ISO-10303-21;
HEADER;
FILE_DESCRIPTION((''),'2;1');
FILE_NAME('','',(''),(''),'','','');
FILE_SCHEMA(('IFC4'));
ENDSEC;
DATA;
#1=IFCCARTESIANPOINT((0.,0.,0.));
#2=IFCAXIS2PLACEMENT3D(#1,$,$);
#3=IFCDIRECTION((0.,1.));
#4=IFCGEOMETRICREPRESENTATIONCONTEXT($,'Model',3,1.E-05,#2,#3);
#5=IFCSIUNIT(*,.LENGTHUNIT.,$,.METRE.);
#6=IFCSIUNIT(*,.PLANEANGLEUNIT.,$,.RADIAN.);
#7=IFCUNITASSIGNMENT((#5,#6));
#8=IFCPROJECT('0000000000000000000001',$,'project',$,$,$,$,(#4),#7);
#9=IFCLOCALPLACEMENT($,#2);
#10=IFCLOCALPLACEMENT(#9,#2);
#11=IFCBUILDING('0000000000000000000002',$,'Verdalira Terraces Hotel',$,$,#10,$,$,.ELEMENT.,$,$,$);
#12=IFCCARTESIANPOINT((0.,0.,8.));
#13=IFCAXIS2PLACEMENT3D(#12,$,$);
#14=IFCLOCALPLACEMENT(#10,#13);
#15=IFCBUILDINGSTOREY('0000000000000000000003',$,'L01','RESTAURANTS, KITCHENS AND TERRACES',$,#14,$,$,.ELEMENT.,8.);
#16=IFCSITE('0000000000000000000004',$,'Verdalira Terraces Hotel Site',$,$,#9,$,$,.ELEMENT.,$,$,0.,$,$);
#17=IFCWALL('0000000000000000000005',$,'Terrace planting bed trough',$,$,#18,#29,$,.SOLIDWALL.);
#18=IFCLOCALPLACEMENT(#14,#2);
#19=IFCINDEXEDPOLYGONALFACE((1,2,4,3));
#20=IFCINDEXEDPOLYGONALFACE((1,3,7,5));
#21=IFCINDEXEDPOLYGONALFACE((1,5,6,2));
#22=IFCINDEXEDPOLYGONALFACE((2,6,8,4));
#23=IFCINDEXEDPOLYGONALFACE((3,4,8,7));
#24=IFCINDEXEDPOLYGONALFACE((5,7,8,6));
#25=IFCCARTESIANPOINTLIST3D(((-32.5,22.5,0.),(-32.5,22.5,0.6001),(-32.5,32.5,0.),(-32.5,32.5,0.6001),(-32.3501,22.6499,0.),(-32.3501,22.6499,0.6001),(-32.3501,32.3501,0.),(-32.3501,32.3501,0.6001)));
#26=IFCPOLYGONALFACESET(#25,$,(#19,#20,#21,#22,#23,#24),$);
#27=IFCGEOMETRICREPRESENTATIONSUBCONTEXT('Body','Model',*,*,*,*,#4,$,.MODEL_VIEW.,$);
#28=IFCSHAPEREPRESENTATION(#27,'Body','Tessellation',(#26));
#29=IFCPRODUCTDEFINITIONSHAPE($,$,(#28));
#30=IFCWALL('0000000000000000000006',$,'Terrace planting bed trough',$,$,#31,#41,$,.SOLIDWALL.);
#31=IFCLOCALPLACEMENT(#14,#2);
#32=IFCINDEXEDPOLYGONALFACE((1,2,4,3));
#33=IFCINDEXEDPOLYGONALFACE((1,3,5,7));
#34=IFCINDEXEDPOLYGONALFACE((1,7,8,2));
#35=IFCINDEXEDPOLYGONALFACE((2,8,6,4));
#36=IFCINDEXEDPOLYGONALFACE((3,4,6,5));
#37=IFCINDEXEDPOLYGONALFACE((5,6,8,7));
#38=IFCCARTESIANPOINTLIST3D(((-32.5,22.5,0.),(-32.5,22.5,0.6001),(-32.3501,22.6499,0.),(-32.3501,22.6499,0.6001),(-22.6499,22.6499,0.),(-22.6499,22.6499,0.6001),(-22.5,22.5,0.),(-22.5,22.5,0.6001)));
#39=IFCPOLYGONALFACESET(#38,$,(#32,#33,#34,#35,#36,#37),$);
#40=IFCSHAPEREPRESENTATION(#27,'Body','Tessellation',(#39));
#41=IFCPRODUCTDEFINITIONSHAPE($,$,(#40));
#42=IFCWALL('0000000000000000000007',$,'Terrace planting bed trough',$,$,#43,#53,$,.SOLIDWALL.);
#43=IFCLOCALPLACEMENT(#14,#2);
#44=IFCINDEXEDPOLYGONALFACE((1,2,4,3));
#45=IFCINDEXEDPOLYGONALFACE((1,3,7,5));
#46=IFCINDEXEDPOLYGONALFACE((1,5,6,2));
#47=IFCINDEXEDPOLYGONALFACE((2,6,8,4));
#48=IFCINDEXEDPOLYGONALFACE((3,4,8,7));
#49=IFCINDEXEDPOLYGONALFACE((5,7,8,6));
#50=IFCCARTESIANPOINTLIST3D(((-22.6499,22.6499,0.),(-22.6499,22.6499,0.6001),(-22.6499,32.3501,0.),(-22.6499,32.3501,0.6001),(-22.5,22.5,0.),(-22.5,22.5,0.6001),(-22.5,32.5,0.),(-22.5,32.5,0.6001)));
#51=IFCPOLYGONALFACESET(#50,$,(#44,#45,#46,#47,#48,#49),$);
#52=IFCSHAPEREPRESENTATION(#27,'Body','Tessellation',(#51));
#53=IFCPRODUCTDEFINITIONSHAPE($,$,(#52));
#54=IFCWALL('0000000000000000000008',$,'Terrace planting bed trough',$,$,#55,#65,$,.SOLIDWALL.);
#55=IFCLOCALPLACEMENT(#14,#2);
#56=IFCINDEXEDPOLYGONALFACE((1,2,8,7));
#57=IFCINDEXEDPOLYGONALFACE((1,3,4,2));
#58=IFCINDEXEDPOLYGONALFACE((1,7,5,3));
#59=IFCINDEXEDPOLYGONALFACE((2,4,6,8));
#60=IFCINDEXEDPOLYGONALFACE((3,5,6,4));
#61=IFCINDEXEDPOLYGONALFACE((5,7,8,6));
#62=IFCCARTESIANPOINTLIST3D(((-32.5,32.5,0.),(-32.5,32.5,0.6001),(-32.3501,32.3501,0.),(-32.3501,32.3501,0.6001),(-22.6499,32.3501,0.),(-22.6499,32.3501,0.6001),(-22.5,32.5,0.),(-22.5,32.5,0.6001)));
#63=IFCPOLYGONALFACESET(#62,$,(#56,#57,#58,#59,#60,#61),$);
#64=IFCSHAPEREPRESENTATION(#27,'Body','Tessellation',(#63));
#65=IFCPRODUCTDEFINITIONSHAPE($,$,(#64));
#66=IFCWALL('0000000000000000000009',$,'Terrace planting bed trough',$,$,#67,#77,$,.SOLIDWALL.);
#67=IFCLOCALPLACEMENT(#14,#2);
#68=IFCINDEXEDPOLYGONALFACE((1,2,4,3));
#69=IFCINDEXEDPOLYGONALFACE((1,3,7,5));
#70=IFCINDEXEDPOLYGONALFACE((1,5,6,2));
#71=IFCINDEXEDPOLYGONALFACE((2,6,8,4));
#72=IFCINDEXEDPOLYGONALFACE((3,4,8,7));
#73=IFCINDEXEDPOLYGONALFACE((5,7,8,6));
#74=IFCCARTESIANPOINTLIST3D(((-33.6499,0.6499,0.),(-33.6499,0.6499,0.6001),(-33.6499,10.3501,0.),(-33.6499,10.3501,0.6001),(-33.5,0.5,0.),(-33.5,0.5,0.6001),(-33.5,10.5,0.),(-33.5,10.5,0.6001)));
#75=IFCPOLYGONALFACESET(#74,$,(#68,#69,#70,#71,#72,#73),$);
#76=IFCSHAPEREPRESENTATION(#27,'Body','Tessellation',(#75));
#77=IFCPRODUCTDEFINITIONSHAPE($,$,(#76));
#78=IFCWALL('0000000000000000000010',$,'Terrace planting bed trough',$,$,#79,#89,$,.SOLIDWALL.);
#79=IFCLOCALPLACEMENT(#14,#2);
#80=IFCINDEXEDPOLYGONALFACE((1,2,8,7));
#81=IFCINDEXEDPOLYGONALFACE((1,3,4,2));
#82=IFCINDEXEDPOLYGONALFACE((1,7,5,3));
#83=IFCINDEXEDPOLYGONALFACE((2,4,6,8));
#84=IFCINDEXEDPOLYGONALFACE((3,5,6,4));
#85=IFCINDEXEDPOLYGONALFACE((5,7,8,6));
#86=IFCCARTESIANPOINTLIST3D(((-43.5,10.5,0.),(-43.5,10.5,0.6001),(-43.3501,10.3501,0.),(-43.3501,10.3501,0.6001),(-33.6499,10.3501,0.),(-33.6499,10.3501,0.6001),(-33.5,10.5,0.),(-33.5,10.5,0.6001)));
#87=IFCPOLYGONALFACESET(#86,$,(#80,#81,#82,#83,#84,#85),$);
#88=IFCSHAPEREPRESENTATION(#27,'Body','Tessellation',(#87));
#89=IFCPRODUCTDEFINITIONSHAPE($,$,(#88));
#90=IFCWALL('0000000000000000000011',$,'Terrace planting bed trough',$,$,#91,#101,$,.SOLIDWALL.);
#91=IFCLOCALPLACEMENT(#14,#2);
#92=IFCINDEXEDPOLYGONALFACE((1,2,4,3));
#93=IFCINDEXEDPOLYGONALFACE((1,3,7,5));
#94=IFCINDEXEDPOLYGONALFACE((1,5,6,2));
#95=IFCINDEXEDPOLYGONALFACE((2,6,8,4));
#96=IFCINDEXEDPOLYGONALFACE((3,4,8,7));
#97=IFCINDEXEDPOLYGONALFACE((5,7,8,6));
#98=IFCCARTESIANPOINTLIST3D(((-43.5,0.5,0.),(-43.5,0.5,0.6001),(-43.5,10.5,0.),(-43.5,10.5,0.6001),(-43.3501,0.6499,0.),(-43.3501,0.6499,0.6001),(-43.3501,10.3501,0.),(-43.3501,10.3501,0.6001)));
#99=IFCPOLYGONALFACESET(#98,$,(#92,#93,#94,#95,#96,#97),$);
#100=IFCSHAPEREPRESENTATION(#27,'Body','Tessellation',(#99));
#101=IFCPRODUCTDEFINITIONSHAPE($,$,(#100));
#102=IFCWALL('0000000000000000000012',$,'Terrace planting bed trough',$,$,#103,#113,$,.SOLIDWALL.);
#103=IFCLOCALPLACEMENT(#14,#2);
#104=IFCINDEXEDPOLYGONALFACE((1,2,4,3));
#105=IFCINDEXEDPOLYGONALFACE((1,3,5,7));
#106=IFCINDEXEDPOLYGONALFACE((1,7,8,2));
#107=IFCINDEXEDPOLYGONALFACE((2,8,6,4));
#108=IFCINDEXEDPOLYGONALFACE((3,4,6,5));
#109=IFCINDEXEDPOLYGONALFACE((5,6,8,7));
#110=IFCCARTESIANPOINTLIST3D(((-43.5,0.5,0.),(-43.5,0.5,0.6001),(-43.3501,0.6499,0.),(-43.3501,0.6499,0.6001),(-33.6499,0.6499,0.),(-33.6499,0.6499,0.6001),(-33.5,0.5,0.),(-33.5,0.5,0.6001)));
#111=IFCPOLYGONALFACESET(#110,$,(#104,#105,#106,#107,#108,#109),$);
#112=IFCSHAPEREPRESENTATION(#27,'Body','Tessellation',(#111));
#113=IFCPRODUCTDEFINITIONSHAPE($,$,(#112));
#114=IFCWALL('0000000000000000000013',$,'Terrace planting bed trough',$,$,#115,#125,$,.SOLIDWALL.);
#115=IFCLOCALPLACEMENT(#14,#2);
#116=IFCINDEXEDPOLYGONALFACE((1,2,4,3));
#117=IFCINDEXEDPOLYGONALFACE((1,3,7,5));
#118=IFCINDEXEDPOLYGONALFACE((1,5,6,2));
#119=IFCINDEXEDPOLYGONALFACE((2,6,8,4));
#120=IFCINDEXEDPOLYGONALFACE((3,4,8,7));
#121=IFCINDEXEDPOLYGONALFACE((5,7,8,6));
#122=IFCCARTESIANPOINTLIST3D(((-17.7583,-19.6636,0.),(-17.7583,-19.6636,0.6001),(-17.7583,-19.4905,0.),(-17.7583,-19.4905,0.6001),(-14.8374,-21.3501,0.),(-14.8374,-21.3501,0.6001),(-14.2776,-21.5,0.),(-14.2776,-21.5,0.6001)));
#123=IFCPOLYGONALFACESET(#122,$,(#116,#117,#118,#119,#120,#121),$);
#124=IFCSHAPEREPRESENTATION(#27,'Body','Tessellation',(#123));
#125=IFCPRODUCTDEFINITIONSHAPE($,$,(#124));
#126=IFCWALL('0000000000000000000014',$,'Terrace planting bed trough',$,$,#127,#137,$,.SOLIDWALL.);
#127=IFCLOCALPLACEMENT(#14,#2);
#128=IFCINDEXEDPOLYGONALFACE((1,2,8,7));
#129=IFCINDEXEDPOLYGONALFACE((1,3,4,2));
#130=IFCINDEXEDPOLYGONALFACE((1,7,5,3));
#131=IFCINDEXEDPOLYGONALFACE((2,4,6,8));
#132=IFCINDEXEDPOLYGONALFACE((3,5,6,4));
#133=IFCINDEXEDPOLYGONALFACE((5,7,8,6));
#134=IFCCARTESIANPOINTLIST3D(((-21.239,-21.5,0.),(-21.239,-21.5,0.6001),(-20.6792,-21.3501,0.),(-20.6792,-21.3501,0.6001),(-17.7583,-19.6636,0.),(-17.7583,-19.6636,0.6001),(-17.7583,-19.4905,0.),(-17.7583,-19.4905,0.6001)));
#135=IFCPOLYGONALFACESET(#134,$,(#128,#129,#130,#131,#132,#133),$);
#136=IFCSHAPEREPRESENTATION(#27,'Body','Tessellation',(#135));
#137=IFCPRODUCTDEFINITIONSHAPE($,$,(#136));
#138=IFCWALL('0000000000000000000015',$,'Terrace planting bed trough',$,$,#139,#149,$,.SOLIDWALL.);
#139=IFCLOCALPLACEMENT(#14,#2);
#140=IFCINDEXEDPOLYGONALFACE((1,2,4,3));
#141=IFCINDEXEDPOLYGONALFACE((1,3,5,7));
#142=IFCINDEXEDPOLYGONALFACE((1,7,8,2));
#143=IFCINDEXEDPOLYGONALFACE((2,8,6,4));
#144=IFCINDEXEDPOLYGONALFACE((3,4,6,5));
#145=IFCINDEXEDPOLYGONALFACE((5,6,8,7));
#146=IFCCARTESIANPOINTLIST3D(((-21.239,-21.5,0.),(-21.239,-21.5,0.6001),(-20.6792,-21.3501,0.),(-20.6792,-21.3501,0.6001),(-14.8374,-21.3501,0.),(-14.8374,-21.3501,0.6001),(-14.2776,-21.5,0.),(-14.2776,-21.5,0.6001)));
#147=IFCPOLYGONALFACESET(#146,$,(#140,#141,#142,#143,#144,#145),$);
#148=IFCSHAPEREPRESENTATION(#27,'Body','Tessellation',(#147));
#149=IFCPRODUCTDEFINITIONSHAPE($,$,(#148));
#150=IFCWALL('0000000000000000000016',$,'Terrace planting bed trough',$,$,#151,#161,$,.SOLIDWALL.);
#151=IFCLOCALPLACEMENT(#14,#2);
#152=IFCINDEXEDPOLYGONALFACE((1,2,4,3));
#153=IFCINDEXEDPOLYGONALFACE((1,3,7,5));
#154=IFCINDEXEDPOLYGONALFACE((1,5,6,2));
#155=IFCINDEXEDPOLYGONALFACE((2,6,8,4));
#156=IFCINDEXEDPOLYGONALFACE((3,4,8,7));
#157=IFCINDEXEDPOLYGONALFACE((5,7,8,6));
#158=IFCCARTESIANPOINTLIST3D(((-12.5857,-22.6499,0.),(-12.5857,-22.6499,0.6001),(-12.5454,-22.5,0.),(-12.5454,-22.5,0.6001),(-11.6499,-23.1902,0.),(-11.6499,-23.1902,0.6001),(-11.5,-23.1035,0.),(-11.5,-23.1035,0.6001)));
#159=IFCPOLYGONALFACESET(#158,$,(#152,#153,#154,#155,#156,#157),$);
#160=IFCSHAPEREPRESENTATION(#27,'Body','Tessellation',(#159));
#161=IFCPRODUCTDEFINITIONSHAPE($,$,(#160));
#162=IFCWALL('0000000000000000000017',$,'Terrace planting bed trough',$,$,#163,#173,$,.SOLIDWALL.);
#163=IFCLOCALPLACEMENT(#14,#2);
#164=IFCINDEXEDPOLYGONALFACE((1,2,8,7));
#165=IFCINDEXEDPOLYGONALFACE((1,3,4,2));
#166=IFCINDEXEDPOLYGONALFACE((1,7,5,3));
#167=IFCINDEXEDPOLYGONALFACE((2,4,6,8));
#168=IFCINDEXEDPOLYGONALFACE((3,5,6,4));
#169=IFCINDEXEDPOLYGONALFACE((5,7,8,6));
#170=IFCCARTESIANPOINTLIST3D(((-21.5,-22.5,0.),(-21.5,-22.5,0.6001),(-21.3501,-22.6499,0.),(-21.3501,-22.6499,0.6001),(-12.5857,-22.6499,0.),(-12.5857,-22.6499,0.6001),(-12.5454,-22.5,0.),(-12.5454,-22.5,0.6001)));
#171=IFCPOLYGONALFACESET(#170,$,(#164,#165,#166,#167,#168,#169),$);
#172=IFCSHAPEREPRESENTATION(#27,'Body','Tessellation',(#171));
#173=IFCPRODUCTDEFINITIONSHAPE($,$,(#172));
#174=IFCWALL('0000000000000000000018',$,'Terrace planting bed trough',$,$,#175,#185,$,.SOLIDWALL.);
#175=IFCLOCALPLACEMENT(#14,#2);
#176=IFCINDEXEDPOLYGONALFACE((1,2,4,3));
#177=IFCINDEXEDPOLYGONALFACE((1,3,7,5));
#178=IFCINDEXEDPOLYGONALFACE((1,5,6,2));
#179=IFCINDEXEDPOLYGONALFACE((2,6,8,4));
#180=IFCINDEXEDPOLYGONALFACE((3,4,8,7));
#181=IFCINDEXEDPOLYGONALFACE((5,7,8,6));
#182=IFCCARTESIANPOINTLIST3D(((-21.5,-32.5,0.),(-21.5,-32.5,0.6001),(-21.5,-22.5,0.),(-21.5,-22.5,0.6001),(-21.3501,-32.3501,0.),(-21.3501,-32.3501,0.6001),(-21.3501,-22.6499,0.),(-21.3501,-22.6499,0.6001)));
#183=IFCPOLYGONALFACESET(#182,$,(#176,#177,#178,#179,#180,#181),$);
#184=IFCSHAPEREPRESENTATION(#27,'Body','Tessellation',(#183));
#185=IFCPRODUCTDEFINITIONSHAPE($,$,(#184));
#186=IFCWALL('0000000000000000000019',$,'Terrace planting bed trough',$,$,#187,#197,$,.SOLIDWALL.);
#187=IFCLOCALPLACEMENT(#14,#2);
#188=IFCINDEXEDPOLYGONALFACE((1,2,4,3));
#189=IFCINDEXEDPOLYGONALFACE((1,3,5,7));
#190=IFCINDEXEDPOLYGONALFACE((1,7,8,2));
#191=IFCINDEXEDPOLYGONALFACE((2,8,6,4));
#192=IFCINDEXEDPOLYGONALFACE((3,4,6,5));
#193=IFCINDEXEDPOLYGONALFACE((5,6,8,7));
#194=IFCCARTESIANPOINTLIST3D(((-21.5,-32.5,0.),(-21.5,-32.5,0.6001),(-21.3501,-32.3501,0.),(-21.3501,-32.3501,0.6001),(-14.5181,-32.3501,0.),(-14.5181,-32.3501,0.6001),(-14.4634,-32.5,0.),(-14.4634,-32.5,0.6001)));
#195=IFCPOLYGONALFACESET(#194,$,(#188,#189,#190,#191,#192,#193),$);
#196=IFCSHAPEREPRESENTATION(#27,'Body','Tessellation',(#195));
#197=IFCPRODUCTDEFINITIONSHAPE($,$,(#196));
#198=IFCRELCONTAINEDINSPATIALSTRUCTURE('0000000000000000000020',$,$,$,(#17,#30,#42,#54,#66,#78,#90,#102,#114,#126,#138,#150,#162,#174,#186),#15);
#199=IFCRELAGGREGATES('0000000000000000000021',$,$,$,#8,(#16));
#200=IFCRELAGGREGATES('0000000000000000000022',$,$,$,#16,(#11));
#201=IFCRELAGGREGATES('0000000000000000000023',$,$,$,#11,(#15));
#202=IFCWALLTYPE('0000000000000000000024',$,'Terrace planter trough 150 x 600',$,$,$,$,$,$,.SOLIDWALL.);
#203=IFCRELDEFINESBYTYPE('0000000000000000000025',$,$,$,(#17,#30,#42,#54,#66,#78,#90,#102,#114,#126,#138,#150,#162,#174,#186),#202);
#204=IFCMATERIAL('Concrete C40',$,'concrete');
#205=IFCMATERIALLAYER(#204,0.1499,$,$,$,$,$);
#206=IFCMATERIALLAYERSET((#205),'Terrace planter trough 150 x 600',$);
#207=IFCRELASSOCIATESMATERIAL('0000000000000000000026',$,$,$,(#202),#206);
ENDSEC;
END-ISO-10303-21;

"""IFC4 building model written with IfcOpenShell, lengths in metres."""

from ifc_helpers import new_model, si_unit, direction, frame, origin, place, context, subcontext, project, spatial, polyline, outline, extrude, material, layer, layer_set, type_object, element, save


model = new_model("IFC4")

# Units and contexts
model_context = context("Model", 3, precision=1e-05, world=origin(), true_north=direction((0.0, 1.0)))
body_context = subcontext(model_context, "Body", "Model", "MODEL_VIEW")
ifc_project = project(units=[si_unit("LENGTHUNIT", "METRE"), si_unit("PLANEANGLEUNIT", "RADIAN")], contexts=[model_context])

# Site, building, storey
site_placement = place(None, origin())
site = spatial("IfcSite", under=ifc_project, at=site_placement, Name="Verdalira Terraces Hotel Site", CompositionType="ELEMENT", RefElevation=0.0)
building_placement = place(site_placement, origin())
building = spatial("IfcBuilding", under=site, at=building_placement, Name="Verdalira Terraces Hotel", CompositionType="ELEMENT")
storey_placement = place(building_placement, frame((0.0, 0.0, 8.0)))
storey = spatial("IfcBuildingStorey", under=building, at=storey_placement, Name="L01", Description="RESTAURANTS, KITCHENS AND TERRACES", CompositionType="ELEMENT", Elevation=8.0)

# Walls
ifc_material_1 = material(Name="Concrete C40", Category="concrete")
ifc_layer_1 = layer(ifc_material_1, 0.1499)
ifc_layer_set_1 = layer_set([ifc_layer_1], Name="Terrace planter trough 150 x 600")
wall_type_1 = type_object("IfcWallType", Name="Terrace planter trough 150 x 600", PredefinedType="SOLIDWALL", material=ifc_layer_set_1)
wall_1_placement = place(storey_placement, origin())
element("IfcWall", 1, at=wall_1_placement, inside=storey, type_object=wall_type_1, Name="Terrace planting bed trough", PredefinedType="SOLIDWALL", context=body_context, shape_type="SweptSolid", body=[
    extrude(outline(polyline([(-32.5, 32.5), (-32.5, 22.5), (-32.3501, 22.6499), (-32.3501, 32.3501), (-32.5, 32.5)])), origin(), (0.0, 0.0, 1.0), 0.6001),
])
wall_2_placement = place(storey_placement, origin())
element("IfcWall", 2, at=wall_2_placement, inside=storey, type_object=wall_type_1, Name="Terrace planting bed trough", PredefinedType="SOLIDWALL", context=body_context, shape_type="SweptSolid", body=[
    extrude(outline(polyline([(-32.5, 22.5), (-22.5, 22.5), (-22.6499, 22.6499), (-32.3501, 22.6499), (-32.5, 22.5)])), origin(), (0.0, 0.0, 1.0), 0.6001),
])
wall_3_placement = place(storey_placement, origin())
element("IfcWall", 3, at=wall_3_placement, inside=storey, type_object=wall_type_1, Name="Terrace planting bed trough", PredefinedType="SOLIDWALL", context=body_context, shape_type="SweptSolid", body=[
    extrude(outline(polyline([(-22.5, 22.5), (-22.5, 32.5), (-22.6499, 32.3501), (-22.6499, 22.6499), (-22.5, 22.5)])), origin(), (0.0, 0.0, 1.0), 0.6001),
])
wall_4_placement = place(storey_placement, origin())
element("IfcWall", 4, at=wall_4_placement, inside=storey, type_object=wall_type_1, Name="Terrace planting bed trough", PredefinedType="SOLIDWALL", context=body_context, shape_type="SweptSolid", body=[
    extrude(outline(polyline([(-22.5, 32.5), (-32.5, 32.5), (-32.3501, 32.3501), (-22.6499, 32.3501), (-22.5, 32.5)])), origin(), (0.0, 0.0, 1.0), 0.6001),
])
wall_5_placement = place(storey_placement, origin())
element("IfcWall", 5, at=wall_5_placement, inside=storey, type_object=wall_type_1, Name="Terrace planting bed trough", PredefinedType="SOLIDWALL", context=body_context, shape_type="SweptSolid", body=[
    extrude(outline(polyline([(-33.5, 0.5), (-33.5, 10.5), (-33.6499, 10.3501), (-33.6499, 0.6499), (-33.5, 0.5)])), origin(), (0.0, 0.0, 1.0), 0.6001),
])
wall_6_placement = place(storey_placement, origin())
element("IfcWall", 6, at=wall_6_placement, inside=storey, type_object=wall_type_1, Name="Terrace planting bed trough", PredefinedType="SOLIDWALL", context=body_context, shape_type="SweptSolid", body=[
    extrude(outline(polyline([(-33.5, 10.5), (-43.5, 10.5), (-43.3501, 10.3501), (-33.6499, 10.3501), (-33.5, 10.5)])), origin(), (0.0, 0.0, 1.0), 0.6001),
])
wall_7_placement = place(storey_placement, origin())
element("IfcWall", 7, at=wall_7_placement, inside=storey, type_object=wall_type_1, Name="Terrace planting bed trough", PredefinedType="SOLIDWALL", context=body_context, shape_type="SweptSolid", body=[
    extrude(outline(polyline([(-43.5, 10.5), (-43.5, 0.5), (-43.3501, 0.6499), (-43.3501, 10.3501), (-43.5, 10.5)])), origin(), (0.0, 0.0, 1.0), 0.6001),
])
wall_8_placement = place(storey_placement, origin())
element("IfcWall", 8, at=wall_8_placement, inside=storey, type_object=wall_type_1, Name="Terrace planting bed trough", PredefinedType="SOLIDWALL", context=body_context, shape_type="SweptSolid", body=[
    extrude(outline(polyline([(-43.5, 0.5), (-33.5, 0.5), (-33.6499, 0.6499), (-43.3501, 0.6499), (-43.5, 0.5)])), origin(), (0.0, 0.0, 1.0), 0.6001),
])
wall_9_placement = place(storey_placement, origin())
element("IfcWall", 9, at=wall_9_placement, inside=storey, type_object=wall_type_1, Name="Terrace planting bed trough", PredefinedType="SOLIDWALL", context=body_context, shape_type="SweptSolid", body=[
    extrude(outline(polyline([(-14.2776, -21.5), (-17.7583, -19.4905), (-17.7583, -19.6636), (-14.8374, -21.3501), (-14.2776, -21.5)])), origin(), (0.0, 0.0, 1.0), 0.6001),
])
wall_10_placement = place(storey_placement, origin())
element("IfcWall", 10, at=wall_10_placement, inside=storey, type_object=wall_type_1, Name="Terrace planting bed trough", PredefinedType="SOLIDWALL", context=body_context, shape_type="SweptSolid", body=[
    extrude(outline(polyline([(-17.7583, -19.4905), (-21.239, -21.5), (-20.6792, -21.3501), (-17.7583, -19.6636), (-17.7583, -19.4905)])), origin(), (0.0, 0.0, 1.0), 0.6001),
])
wall_11_placement = place(storey_placement, origin())
element("IfcWall", 11, at=wall_11_placement, inside=storey, type_object=wall_type_1, Name="Terrace planting bed trough", PredefinedType="SOLIDWALL", context=body_context, shape_type="SweptSolid", body=[
    extrude(outline(polyline([(-21.239, -21.5), (-14.2776, -21.5), (-14.8374, -21.3501), (-20.6792, -21.3501), (-21.239, -21.5)])), origin(), (0.0, 0.0, 1.0), 0.6001),
])
wall_12_placement = place(storey_placement, origin())
element("IfcWall", 12, at=wall_12_placement, inside=storey, type_object=wall_type_1, Name="Terrace planting bed trough", PredefinedType="SOLIDWALL", context=body_context, shape_type="SweptSolid", body=[
    extrude(outline(polyline([(-11.5, -23.1035), (-12.5454, -22.5), (-12.5857, -22.6499), (-11.6499, -23.1902), (-11.5, -23.1035)])), origin(), (0.0, 0.0, 1.0), 0.6001),
])
wall_13_placement = place(storey_placement, origin())
element("IfcWall", 13, at=wall_13_placement, inside=storey, type_object=wall_type_1, Name="Terrace planting bed trough", PredefinedType="SOLIDWALL", context=body_context, shape_type="SweptSolid", body=[
    extrude(outline(polyline([(-12.5454, -22.5), (-21.5, -22.5), (-21.3501, -22.6499), (-12.5857, -22.6499), (-12.5454, -22.5)])), origin(), (0.0, 0.0, 1.0), 0.6001),
])
wall_14_placement = place(storey_placement, origin())
element("IfcWall", 14, at=wall_14_placement, inside=storey, type_object=wall_type_1, Name="Terrace planting bed trough", PredefinedType="SOLIDWALL", context=body_context, shape_type="SweptSolid", body=[
    extrude(outline(polyline([(-21.5, -22.5), (-21.5, -32.5), (-21.3501, -32.3501), (-21.3501, -22.6499), (-21.5, -22.5)])), origin(), (0.0, 0.0, 1.0), 0.6001),
])
wall_15_placement = place(storey_placement, origin())
element("IfcWall", 15, at=wall_15_placement, inside=storey, type_object=wall_type_1, Name="Terrace planting bed trough", PredefinedType="SOLIDWALL", context=body_context, shape_type="SweptSolid", body=[
    extrude(outline(polyline([(-21.5, -32.5), (-14.4634, -32.5), (-14.5181, -32.3501), (-21.3501, -32.3501), (-21.5, -32.5)])), origin(), (0.0, 0.0, 1.0), 0.6001),
])

save(model, "model.ifc")
